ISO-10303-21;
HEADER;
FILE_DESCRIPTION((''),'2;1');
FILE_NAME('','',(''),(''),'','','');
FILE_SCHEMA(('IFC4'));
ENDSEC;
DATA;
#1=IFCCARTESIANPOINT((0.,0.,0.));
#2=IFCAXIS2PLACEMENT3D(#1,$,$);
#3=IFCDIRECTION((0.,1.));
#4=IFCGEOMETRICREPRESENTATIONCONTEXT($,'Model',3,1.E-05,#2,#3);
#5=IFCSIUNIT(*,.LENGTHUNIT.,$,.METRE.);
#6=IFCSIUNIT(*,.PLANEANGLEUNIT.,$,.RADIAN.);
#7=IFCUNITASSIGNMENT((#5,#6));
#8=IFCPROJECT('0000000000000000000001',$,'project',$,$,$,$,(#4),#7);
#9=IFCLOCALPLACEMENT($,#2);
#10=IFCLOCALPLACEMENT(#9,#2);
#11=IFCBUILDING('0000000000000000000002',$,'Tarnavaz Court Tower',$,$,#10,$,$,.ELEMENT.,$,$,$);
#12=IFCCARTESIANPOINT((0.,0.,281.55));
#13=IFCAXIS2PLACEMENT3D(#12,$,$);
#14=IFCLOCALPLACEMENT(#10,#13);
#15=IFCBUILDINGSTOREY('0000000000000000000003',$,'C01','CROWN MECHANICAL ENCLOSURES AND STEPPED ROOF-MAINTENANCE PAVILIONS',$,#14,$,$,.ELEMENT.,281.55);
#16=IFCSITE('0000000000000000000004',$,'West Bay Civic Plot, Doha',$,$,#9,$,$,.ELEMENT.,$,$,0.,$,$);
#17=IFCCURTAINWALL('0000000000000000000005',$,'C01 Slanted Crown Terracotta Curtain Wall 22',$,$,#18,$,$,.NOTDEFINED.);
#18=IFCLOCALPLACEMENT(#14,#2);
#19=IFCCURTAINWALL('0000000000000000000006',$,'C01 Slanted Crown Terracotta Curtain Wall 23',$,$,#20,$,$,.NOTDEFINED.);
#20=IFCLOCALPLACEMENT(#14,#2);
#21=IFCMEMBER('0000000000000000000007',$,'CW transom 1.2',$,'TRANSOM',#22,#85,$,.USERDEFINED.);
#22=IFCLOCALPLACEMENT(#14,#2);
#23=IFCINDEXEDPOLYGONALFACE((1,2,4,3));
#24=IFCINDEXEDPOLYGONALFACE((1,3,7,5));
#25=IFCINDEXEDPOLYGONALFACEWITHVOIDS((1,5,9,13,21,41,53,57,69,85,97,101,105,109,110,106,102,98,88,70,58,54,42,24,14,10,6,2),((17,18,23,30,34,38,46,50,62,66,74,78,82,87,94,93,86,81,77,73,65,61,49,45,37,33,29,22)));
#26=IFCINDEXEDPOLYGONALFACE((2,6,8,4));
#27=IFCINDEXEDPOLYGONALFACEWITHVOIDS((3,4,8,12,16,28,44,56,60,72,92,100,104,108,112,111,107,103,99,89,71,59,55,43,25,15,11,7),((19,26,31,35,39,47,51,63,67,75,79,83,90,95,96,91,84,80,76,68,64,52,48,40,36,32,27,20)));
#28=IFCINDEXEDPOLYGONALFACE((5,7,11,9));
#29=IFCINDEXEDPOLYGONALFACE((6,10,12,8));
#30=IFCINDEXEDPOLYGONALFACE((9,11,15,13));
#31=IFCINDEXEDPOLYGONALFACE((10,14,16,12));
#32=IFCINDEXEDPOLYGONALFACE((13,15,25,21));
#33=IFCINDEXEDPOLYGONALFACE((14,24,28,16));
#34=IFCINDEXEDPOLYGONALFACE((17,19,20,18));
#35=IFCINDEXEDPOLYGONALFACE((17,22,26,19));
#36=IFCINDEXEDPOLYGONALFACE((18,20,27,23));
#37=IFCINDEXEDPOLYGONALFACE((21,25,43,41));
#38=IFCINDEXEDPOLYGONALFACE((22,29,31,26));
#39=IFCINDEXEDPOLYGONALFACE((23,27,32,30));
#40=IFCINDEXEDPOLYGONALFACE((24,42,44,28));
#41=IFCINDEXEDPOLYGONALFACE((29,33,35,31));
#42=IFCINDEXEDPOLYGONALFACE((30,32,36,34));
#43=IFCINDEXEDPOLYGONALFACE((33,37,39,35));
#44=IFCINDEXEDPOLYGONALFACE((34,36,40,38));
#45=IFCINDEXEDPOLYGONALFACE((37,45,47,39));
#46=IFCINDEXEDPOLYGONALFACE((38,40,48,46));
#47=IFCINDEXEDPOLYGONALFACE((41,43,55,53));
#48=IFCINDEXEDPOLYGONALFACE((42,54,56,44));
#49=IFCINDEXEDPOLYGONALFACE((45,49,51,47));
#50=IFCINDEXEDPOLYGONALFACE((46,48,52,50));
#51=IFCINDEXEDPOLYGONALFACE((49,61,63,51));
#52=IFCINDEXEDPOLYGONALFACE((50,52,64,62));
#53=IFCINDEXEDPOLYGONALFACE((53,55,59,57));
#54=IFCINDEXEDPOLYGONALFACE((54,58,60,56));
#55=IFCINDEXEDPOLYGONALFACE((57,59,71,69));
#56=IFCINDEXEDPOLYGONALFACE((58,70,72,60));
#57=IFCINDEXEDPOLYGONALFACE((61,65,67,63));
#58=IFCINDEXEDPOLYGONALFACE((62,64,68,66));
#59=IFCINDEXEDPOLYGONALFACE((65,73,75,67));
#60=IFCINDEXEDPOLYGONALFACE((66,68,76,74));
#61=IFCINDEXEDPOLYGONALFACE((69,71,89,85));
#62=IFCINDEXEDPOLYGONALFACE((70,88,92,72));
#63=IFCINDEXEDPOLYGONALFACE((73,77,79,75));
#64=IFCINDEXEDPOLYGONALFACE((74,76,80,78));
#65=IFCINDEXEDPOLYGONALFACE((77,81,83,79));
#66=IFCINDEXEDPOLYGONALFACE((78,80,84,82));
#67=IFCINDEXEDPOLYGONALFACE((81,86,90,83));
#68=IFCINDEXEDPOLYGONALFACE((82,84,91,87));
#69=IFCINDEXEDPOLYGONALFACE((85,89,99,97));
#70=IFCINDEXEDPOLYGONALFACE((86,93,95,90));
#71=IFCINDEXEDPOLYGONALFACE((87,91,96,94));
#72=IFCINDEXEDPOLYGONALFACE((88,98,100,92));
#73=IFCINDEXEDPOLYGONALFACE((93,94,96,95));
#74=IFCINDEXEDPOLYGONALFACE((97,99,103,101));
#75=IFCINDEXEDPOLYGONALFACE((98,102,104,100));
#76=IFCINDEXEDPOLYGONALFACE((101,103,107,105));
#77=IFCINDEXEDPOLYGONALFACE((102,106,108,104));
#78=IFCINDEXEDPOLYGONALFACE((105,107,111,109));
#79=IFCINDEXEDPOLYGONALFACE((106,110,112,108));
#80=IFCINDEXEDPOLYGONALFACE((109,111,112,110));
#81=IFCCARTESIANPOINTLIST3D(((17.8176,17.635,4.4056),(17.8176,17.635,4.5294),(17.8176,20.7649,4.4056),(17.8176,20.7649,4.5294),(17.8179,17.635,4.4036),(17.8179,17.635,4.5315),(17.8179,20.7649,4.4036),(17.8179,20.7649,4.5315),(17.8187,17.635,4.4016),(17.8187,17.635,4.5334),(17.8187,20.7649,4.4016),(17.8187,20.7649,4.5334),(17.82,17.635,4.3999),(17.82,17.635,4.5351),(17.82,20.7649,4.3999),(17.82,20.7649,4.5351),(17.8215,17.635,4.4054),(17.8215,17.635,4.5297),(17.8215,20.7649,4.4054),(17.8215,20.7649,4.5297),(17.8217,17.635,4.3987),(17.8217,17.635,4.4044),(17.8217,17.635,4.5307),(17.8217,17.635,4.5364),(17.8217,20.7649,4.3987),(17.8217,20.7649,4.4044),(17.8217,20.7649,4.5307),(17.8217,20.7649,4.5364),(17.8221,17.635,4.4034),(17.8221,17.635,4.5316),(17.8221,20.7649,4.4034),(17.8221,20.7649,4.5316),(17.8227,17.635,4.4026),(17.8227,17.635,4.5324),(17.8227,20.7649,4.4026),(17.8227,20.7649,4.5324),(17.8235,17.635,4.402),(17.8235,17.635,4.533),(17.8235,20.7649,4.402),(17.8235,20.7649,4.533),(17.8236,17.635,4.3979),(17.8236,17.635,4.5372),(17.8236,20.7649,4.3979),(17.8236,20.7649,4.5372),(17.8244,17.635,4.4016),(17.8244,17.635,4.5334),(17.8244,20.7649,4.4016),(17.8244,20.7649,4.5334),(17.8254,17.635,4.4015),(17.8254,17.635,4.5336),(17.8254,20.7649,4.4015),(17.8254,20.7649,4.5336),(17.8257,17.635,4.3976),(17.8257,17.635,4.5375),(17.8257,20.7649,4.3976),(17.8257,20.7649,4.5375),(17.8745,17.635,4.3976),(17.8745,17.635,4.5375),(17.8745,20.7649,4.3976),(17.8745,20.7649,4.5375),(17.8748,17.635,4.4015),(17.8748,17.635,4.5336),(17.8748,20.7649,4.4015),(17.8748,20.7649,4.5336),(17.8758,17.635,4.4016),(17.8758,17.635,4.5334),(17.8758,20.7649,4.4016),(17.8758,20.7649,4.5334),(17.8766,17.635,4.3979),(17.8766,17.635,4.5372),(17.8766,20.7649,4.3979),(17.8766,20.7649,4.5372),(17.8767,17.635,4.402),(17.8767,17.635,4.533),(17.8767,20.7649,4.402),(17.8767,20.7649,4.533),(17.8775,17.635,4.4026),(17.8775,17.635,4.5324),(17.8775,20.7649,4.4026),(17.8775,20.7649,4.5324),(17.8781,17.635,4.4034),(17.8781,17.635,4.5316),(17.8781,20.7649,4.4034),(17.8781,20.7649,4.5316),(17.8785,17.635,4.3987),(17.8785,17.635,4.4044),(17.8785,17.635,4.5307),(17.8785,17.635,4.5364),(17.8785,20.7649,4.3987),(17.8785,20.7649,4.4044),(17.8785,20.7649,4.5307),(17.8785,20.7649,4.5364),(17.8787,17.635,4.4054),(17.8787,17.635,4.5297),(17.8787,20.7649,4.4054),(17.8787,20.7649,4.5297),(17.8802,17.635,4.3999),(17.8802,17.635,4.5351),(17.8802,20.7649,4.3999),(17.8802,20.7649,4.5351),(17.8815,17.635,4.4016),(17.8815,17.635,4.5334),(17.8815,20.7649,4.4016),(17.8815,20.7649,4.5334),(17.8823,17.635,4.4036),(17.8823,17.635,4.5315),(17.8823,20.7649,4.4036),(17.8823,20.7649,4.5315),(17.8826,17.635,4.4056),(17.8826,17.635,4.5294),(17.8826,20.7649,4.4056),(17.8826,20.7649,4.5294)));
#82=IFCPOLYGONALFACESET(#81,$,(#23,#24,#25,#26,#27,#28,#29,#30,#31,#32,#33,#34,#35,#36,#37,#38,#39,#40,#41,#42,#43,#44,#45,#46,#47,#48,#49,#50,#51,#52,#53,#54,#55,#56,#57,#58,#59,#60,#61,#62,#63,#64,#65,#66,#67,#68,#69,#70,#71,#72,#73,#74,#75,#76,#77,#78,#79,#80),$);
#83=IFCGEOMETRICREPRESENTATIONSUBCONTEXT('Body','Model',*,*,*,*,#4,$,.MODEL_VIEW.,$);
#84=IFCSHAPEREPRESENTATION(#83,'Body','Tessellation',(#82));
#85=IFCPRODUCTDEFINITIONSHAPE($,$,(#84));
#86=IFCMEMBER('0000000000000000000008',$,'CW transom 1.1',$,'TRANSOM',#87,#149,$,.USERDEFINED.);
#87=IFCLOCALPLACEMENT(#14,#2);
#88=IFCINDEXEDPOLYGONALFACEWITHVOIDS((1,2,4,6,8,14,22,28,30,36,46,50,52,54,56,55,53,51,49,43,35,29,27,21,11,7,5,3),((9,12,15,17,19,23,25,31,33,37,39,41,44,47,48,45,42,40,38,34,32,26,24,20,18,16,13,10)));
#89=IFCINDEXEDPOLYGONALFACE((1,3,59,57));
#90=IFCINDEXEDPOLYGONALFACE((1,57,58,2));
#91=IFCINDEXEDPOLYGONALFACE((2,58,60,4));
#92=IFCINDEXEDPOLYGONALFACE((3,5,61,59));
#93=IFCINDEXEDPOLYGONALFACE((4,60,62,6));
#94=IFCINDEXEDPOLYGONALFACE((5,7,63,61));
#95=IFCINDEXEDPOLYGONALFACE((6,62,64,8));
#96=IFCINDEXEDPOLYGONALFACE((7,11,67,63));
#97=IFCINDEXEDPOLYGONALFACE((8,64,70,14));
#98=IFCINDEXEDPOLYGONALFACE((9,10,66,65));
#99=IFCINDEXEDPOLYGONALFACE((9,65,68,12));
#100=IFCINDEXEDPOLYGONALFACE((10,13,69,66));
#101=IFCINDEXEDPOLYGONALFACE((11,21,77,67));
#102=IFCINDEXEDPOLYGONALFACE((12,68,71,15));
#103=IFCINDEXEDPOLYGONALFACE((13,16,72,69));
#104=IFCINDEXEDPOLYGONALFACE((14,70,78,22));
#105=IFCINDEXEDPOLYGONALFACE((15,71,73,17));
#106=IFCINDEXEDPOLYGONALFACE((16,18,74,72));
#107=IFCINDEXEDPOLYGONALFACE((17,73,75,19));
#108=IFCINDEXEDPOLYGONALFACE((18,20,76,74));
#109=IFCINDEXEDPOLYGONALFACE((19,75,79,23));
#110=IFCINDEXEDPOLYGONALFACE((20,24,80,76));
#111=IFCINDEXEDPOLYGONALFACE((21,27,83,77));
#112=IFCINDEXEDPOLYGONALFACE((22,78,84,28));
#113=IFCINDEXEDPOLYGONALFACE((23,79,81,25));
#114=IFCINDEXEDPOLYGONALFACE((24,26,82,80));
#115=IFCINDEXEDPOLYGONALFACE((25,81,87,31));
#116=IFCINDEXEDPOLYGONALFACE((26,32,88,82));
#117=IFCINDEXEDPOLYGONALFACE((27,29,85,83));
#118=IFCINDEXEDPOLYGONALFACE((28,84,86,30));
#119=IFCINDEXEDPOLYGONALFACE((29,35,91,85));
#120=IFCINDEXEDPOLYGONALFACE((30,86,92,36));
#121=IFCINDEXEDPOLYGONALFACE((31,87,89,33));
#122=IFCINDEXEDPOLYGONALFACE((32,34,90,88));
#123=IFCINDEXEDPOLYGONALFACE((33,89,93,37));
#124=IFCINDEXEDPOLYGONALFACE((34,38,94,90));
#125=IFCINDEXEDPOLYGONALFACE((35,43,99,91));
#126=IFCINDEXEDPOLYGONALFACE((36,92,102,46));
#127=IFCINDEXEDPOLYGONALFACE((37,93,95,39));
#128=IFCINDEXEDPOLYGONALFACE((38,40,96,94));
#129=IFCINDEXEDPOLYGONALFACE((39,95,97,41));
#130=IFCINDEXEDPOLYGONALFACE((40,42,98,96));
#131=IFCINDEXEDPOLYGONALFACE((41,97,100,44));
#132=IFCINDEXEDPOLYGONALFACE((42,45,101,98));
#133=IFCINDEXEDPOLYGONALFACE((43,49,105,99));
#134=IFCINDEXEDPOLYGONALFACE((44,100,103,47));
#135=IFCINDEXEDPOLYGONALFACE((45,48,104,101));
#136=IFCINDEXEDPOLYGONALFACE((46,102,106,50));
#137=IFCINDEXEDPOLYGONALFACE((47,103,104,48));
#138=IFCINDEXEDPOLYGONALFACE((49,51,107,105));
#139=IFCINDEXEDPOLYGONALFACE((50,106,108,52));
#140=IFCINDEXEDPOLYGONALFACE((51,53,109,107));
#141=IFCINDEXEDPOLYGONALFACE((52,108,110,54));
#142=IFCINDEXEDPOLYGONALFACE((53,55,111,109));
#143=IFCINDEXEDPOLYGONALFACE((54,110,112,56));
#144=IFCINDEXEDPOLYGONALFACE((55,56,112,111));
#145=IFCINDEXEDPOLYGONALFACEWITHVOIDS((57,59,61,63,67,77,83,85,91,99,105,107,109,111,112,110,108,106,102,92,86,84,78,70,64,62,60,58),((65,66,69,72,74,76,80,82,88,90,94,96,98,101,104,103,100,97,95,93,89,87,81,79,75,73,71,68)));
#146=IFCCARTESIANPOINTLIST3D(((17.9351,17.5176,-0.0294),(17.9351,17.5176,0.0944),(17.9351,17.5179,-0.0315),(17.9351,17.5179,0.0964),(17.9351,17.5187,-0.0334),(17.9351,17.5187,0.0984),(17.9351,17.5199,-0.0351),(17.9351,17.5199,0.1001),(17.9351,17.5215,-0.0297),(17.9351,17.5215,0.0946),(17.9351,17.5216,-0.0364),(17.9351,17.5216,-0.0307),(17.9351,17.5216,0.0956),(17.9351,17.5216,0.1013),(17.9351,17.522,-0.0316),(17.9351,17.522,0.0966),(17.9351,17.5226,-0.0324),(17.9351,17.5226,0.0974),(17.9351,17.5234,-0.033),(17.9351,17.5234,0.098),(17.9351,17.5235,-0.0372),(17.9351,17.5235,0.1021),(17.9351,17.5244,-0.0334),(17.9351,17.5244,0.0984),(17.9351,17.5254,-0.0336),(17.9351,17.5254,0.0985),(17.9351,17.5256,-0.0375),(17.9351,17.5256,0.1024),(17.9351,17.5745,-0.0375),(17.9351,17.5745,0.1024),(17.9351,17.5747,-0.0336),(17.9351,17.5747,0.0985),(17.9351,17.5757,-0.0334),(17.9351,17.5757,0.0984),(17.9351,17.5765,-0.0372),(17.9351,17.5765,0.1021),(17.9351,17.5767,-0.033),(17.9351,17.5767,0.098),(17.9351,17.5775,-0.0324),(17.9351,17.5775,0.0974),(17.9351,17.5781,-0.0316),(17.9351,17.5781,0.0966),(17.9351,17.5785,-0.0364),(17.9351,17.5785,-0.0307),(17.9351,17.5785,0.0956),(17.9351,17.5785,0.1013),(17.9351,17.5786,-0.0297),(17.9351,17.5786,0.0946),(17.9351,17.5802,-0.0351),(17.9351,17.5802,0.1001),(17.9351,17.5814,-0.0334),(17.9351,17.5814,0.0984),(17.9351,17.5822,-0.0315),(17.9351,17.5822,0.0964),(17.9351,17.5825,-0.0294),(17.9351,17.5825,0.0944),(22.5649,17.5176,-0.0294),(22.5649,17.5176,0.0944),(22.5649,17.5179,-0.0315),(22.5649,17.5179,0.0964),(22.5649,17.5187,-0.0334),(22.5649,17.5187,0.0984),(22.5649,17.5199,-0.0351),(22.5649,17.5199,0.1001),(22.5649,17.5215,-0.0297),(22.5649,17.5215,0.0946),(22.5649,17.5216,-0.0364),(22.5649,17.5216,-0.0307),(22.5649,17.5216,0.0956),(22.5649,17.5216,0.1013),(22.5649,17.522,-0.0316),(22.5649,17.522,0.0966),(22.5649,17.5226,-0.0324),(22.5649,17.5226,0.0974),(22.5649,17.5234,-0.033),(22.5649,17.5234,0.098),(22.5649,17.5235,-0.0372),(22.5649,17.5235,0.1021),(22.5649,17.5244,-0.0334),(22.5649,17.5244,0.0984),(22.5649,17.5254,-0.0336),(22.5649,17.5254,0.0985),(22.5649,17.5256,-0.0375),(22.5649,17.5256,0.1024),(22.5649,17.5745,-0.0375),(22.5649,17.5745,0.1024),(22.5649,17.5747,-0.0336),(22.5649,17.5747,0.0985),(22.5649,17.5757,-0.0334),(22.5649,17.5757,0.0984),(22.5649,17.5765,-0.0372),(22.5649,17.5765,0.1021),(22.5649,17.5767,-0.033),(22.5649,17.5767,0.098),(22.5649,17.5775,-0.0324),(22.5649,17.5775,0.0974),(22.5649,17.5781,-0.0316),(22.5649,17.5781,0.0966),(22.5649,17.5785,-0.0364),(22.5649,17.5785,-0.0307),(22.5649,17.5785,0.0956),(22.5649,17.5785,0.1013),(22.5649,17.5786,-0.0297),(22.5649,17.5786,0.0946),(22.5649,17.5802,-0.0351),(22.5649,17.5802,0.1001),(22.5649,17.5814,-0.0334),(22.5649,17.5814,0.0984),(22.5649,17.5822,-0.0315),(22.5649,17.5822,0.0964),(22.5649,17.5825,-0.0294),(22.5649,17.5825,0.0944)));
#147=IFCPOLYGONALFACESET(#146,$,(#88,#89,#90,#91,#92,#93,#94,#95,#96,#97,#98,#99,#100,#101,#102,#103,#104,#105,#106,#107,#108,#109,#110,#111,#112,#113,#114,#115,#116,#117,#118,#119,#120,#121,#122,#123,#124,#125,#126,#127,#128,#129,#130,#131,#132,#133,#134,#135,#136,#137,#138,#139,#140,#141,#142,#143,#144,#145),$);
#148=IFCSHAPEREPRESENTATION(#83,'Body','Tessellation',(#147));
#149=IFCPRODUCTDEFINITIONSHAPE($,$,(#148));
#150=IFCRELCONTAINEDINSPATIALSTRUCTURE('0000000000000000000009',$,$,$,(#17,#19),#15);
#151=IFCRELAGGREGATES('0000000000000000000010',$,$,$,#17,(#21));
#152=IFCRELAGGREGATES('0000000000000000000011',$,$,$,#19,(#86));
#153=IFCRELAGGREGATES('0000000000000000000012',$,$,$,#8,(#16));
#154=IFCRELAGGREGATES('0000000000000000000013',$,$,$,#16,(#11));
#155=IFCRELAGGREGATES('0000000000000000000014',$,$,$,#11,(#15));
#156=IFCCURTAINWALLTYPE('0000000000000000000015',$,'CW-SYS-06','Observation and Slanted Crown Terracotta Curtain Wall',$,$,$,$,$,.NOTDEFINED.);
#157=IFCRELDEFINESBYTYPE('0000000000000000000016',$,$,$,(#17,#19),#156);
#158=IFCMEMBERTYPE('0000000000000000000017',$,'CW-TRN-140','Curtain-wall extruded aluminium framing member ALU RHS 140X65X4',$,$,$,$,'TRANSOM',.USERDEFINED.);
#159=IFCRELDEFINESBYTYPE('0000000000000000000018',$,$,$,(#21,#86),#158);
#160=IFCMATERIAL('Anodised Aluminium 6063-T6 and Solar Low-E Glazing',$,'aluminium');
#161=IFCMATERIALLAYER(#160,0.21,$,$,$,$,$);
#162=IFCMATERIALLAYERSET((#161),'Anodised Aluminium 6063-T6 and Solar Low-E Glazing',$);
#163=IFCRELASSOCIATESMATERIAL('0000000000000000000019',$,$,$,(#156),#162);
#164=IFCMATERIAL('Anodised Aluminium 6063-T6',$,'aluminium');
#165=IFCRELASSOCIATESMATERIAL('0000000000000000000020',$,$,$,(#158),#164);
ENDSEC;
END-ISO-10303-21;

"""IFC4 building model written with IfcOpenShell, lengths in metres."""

from ifc_helpers import new_model, si_unit, direction, frame, origin, origin_2d, place, context, subcontext, project, spatial, hollow_rectangle, extrude, material, layer, layer_set, material_profile, profile_set, type_object, element, aggregate, save


model = new_model("IFC4")

# Units and contexts
model_context = context("Model", 3, precision=1e-05, world=origin(), true_north=direction((0.0, 1.0)))
body_context = subcontext(model_context, "Body", "Model", "MODEL_VIEW")
ifc_project = project(units=[si_unit("LENGTHUNIT", "METRE"), si_unit("PLANEANGLEUNIT", "RADIAN")], contexts=[model_context])

# Site, building, storey
site_placement = place(None, origin())
site = spatial("IfcSite", under=ifc_project, at=site_placement, Name="West Bay Civic Plot, Doha", CompositionType="ELEMENT", RefElevation=0.0)
building_placement = place(site_placement, origin())
building = spatial("IfcBuilding", under=site, at=building_placement, Name="Tarnavaz Court Tower", CompositionType="ELEMENT")
storey_placement = place(building_placement, frame((0.0, 0.0, 281.55)))
storey = spatial("IfcBuildingStorey", under=building, at=storey_placement, Name="C01", Description="CROWN MECHANICAL ENCLOSURES AND STEPPED ROOF-MAINTENANCE PAVILIONS", CompositionType="ELEMENT", Elevation=281.55)

# Curtain wall
ifc_material_1 = material(Name="Anodised Aluminium 6063-T6 and Solar Low-E Glazing", Category="aluminium")
ifc_layer_1 = layer(ifc_material_1, 0.21)
ifc_layer_set_1 = layer_set([ifc_layer_1], Name="Anodised Aluminium 6063-T6 and Solar Low-E Glazing")
curtain_wall_type = type_object("IfcCurtainWallType", Name="CW-SYS-06", Description="Observation and Slanted Crown Terracotta Curtain Wall", PredefinedType="NOTDEFINED", material=ifc_layer_set_1)
curtain_wall_1_placement = place(storey_placement, origin())
curtain_wall_1 = element("IfcCurtainWall", 1, at=curtain_wall_1_placement, inside=storey, type_object=curtain_wall_type, Name="C01 Slanted Crown Terracotta Curtain Wall 22", PredefinedType="NOTDEFINED")
ifc_material_2 = material(Name="Anodised Aluminium 6063-T6", Category="aluminium")

# Curtain wall
curtain_wall_2_placement = place(storey_placement, origin())
curtain_wall_2 = element("IfcCurtainWall", 2, at=curtain_wall_2_placement, inside=storey, type_object=curtain_wall_type, Name="C01 Slanted Crown Terracotta Curtain Wall 23", PredefinedType="NOTDEFINED")

# Members
ifc_material_profile_1 = material_profile(ifc_material_2, hollow_rectangle(XDim=0.0649, YDim=0.1399, WallThickness=0.0039, InnerFilletRadius=0.0039, OuterFilletRadius=0.0081, at=origin_2d()), Name="ALU RHS 140X65X4")
ifc_profile_set_1 = profile_set([ifc_material_profile_1], Name="Anodised Aluminium 6063-T6")
member_type_1 = type_object("IfcMemberType", Name="CW-TRN-140", Description="Curtain-wall extruded aluminium framing member ALU RHS 140X65X4", ElementType="TRANSOM", PredefinedType="USERDEFINED", material=ifc_profile_set_1)
member_1_placement = place(storey_placement, frame((17.8501, 20.7649, 4.4675), z_axis=(0.0, -1.0, 0.0), x_axis=(1.0, 0.0, 0.0)))
member_1 = element("IfcMember", 3, at=member_1_placement, type_object=member_type_1, Name="CW transom 1.2", ObjectType="TRANSOM", PredefinedType="USERDEFINED", context=body_context, shape_type="SweptSolid", body=[
    extrude(hollow_rectangle(XDim=0.0649, YDim=0.1399, WallThickness=0.0039, InnerFilletRadius=0.0039, OuterFilletRadius=0.0081, at=origin_2d()), origin(), (0.0, 0.0, 1.0), 3.1299),
])
aggregate(curtain_wall_1, [member_1])
member_2_placement = place(storey_placement, frame((17.9351, 17.55, 0.0325), z_axis=(1.0, 0.0, 0.0), x_axis=(0.0, 1.0, 0.0)))
member_2 = element("IfcMember", 4, at=member_2_placement, type_object=member_type_1, Name="CW transom 1.1", ObjectType="TRANSOM", PredefinedType="USERDEFINED", context=body_context, shape_type="SweptSolid", body=[
    extrude(hollow_rectangle(XDim=0.0649, YDim=0.1399, WallThickness=0.0039, InnerFilletRadius=0.0039, OuterFilletRadius=0.0081, at=origin_2d()), origin(), (0.0, 0.0, 1.0), 4.6299),
])

aggregate(curtain_wall_2, [member_2])

save(model, "model.ifc")
